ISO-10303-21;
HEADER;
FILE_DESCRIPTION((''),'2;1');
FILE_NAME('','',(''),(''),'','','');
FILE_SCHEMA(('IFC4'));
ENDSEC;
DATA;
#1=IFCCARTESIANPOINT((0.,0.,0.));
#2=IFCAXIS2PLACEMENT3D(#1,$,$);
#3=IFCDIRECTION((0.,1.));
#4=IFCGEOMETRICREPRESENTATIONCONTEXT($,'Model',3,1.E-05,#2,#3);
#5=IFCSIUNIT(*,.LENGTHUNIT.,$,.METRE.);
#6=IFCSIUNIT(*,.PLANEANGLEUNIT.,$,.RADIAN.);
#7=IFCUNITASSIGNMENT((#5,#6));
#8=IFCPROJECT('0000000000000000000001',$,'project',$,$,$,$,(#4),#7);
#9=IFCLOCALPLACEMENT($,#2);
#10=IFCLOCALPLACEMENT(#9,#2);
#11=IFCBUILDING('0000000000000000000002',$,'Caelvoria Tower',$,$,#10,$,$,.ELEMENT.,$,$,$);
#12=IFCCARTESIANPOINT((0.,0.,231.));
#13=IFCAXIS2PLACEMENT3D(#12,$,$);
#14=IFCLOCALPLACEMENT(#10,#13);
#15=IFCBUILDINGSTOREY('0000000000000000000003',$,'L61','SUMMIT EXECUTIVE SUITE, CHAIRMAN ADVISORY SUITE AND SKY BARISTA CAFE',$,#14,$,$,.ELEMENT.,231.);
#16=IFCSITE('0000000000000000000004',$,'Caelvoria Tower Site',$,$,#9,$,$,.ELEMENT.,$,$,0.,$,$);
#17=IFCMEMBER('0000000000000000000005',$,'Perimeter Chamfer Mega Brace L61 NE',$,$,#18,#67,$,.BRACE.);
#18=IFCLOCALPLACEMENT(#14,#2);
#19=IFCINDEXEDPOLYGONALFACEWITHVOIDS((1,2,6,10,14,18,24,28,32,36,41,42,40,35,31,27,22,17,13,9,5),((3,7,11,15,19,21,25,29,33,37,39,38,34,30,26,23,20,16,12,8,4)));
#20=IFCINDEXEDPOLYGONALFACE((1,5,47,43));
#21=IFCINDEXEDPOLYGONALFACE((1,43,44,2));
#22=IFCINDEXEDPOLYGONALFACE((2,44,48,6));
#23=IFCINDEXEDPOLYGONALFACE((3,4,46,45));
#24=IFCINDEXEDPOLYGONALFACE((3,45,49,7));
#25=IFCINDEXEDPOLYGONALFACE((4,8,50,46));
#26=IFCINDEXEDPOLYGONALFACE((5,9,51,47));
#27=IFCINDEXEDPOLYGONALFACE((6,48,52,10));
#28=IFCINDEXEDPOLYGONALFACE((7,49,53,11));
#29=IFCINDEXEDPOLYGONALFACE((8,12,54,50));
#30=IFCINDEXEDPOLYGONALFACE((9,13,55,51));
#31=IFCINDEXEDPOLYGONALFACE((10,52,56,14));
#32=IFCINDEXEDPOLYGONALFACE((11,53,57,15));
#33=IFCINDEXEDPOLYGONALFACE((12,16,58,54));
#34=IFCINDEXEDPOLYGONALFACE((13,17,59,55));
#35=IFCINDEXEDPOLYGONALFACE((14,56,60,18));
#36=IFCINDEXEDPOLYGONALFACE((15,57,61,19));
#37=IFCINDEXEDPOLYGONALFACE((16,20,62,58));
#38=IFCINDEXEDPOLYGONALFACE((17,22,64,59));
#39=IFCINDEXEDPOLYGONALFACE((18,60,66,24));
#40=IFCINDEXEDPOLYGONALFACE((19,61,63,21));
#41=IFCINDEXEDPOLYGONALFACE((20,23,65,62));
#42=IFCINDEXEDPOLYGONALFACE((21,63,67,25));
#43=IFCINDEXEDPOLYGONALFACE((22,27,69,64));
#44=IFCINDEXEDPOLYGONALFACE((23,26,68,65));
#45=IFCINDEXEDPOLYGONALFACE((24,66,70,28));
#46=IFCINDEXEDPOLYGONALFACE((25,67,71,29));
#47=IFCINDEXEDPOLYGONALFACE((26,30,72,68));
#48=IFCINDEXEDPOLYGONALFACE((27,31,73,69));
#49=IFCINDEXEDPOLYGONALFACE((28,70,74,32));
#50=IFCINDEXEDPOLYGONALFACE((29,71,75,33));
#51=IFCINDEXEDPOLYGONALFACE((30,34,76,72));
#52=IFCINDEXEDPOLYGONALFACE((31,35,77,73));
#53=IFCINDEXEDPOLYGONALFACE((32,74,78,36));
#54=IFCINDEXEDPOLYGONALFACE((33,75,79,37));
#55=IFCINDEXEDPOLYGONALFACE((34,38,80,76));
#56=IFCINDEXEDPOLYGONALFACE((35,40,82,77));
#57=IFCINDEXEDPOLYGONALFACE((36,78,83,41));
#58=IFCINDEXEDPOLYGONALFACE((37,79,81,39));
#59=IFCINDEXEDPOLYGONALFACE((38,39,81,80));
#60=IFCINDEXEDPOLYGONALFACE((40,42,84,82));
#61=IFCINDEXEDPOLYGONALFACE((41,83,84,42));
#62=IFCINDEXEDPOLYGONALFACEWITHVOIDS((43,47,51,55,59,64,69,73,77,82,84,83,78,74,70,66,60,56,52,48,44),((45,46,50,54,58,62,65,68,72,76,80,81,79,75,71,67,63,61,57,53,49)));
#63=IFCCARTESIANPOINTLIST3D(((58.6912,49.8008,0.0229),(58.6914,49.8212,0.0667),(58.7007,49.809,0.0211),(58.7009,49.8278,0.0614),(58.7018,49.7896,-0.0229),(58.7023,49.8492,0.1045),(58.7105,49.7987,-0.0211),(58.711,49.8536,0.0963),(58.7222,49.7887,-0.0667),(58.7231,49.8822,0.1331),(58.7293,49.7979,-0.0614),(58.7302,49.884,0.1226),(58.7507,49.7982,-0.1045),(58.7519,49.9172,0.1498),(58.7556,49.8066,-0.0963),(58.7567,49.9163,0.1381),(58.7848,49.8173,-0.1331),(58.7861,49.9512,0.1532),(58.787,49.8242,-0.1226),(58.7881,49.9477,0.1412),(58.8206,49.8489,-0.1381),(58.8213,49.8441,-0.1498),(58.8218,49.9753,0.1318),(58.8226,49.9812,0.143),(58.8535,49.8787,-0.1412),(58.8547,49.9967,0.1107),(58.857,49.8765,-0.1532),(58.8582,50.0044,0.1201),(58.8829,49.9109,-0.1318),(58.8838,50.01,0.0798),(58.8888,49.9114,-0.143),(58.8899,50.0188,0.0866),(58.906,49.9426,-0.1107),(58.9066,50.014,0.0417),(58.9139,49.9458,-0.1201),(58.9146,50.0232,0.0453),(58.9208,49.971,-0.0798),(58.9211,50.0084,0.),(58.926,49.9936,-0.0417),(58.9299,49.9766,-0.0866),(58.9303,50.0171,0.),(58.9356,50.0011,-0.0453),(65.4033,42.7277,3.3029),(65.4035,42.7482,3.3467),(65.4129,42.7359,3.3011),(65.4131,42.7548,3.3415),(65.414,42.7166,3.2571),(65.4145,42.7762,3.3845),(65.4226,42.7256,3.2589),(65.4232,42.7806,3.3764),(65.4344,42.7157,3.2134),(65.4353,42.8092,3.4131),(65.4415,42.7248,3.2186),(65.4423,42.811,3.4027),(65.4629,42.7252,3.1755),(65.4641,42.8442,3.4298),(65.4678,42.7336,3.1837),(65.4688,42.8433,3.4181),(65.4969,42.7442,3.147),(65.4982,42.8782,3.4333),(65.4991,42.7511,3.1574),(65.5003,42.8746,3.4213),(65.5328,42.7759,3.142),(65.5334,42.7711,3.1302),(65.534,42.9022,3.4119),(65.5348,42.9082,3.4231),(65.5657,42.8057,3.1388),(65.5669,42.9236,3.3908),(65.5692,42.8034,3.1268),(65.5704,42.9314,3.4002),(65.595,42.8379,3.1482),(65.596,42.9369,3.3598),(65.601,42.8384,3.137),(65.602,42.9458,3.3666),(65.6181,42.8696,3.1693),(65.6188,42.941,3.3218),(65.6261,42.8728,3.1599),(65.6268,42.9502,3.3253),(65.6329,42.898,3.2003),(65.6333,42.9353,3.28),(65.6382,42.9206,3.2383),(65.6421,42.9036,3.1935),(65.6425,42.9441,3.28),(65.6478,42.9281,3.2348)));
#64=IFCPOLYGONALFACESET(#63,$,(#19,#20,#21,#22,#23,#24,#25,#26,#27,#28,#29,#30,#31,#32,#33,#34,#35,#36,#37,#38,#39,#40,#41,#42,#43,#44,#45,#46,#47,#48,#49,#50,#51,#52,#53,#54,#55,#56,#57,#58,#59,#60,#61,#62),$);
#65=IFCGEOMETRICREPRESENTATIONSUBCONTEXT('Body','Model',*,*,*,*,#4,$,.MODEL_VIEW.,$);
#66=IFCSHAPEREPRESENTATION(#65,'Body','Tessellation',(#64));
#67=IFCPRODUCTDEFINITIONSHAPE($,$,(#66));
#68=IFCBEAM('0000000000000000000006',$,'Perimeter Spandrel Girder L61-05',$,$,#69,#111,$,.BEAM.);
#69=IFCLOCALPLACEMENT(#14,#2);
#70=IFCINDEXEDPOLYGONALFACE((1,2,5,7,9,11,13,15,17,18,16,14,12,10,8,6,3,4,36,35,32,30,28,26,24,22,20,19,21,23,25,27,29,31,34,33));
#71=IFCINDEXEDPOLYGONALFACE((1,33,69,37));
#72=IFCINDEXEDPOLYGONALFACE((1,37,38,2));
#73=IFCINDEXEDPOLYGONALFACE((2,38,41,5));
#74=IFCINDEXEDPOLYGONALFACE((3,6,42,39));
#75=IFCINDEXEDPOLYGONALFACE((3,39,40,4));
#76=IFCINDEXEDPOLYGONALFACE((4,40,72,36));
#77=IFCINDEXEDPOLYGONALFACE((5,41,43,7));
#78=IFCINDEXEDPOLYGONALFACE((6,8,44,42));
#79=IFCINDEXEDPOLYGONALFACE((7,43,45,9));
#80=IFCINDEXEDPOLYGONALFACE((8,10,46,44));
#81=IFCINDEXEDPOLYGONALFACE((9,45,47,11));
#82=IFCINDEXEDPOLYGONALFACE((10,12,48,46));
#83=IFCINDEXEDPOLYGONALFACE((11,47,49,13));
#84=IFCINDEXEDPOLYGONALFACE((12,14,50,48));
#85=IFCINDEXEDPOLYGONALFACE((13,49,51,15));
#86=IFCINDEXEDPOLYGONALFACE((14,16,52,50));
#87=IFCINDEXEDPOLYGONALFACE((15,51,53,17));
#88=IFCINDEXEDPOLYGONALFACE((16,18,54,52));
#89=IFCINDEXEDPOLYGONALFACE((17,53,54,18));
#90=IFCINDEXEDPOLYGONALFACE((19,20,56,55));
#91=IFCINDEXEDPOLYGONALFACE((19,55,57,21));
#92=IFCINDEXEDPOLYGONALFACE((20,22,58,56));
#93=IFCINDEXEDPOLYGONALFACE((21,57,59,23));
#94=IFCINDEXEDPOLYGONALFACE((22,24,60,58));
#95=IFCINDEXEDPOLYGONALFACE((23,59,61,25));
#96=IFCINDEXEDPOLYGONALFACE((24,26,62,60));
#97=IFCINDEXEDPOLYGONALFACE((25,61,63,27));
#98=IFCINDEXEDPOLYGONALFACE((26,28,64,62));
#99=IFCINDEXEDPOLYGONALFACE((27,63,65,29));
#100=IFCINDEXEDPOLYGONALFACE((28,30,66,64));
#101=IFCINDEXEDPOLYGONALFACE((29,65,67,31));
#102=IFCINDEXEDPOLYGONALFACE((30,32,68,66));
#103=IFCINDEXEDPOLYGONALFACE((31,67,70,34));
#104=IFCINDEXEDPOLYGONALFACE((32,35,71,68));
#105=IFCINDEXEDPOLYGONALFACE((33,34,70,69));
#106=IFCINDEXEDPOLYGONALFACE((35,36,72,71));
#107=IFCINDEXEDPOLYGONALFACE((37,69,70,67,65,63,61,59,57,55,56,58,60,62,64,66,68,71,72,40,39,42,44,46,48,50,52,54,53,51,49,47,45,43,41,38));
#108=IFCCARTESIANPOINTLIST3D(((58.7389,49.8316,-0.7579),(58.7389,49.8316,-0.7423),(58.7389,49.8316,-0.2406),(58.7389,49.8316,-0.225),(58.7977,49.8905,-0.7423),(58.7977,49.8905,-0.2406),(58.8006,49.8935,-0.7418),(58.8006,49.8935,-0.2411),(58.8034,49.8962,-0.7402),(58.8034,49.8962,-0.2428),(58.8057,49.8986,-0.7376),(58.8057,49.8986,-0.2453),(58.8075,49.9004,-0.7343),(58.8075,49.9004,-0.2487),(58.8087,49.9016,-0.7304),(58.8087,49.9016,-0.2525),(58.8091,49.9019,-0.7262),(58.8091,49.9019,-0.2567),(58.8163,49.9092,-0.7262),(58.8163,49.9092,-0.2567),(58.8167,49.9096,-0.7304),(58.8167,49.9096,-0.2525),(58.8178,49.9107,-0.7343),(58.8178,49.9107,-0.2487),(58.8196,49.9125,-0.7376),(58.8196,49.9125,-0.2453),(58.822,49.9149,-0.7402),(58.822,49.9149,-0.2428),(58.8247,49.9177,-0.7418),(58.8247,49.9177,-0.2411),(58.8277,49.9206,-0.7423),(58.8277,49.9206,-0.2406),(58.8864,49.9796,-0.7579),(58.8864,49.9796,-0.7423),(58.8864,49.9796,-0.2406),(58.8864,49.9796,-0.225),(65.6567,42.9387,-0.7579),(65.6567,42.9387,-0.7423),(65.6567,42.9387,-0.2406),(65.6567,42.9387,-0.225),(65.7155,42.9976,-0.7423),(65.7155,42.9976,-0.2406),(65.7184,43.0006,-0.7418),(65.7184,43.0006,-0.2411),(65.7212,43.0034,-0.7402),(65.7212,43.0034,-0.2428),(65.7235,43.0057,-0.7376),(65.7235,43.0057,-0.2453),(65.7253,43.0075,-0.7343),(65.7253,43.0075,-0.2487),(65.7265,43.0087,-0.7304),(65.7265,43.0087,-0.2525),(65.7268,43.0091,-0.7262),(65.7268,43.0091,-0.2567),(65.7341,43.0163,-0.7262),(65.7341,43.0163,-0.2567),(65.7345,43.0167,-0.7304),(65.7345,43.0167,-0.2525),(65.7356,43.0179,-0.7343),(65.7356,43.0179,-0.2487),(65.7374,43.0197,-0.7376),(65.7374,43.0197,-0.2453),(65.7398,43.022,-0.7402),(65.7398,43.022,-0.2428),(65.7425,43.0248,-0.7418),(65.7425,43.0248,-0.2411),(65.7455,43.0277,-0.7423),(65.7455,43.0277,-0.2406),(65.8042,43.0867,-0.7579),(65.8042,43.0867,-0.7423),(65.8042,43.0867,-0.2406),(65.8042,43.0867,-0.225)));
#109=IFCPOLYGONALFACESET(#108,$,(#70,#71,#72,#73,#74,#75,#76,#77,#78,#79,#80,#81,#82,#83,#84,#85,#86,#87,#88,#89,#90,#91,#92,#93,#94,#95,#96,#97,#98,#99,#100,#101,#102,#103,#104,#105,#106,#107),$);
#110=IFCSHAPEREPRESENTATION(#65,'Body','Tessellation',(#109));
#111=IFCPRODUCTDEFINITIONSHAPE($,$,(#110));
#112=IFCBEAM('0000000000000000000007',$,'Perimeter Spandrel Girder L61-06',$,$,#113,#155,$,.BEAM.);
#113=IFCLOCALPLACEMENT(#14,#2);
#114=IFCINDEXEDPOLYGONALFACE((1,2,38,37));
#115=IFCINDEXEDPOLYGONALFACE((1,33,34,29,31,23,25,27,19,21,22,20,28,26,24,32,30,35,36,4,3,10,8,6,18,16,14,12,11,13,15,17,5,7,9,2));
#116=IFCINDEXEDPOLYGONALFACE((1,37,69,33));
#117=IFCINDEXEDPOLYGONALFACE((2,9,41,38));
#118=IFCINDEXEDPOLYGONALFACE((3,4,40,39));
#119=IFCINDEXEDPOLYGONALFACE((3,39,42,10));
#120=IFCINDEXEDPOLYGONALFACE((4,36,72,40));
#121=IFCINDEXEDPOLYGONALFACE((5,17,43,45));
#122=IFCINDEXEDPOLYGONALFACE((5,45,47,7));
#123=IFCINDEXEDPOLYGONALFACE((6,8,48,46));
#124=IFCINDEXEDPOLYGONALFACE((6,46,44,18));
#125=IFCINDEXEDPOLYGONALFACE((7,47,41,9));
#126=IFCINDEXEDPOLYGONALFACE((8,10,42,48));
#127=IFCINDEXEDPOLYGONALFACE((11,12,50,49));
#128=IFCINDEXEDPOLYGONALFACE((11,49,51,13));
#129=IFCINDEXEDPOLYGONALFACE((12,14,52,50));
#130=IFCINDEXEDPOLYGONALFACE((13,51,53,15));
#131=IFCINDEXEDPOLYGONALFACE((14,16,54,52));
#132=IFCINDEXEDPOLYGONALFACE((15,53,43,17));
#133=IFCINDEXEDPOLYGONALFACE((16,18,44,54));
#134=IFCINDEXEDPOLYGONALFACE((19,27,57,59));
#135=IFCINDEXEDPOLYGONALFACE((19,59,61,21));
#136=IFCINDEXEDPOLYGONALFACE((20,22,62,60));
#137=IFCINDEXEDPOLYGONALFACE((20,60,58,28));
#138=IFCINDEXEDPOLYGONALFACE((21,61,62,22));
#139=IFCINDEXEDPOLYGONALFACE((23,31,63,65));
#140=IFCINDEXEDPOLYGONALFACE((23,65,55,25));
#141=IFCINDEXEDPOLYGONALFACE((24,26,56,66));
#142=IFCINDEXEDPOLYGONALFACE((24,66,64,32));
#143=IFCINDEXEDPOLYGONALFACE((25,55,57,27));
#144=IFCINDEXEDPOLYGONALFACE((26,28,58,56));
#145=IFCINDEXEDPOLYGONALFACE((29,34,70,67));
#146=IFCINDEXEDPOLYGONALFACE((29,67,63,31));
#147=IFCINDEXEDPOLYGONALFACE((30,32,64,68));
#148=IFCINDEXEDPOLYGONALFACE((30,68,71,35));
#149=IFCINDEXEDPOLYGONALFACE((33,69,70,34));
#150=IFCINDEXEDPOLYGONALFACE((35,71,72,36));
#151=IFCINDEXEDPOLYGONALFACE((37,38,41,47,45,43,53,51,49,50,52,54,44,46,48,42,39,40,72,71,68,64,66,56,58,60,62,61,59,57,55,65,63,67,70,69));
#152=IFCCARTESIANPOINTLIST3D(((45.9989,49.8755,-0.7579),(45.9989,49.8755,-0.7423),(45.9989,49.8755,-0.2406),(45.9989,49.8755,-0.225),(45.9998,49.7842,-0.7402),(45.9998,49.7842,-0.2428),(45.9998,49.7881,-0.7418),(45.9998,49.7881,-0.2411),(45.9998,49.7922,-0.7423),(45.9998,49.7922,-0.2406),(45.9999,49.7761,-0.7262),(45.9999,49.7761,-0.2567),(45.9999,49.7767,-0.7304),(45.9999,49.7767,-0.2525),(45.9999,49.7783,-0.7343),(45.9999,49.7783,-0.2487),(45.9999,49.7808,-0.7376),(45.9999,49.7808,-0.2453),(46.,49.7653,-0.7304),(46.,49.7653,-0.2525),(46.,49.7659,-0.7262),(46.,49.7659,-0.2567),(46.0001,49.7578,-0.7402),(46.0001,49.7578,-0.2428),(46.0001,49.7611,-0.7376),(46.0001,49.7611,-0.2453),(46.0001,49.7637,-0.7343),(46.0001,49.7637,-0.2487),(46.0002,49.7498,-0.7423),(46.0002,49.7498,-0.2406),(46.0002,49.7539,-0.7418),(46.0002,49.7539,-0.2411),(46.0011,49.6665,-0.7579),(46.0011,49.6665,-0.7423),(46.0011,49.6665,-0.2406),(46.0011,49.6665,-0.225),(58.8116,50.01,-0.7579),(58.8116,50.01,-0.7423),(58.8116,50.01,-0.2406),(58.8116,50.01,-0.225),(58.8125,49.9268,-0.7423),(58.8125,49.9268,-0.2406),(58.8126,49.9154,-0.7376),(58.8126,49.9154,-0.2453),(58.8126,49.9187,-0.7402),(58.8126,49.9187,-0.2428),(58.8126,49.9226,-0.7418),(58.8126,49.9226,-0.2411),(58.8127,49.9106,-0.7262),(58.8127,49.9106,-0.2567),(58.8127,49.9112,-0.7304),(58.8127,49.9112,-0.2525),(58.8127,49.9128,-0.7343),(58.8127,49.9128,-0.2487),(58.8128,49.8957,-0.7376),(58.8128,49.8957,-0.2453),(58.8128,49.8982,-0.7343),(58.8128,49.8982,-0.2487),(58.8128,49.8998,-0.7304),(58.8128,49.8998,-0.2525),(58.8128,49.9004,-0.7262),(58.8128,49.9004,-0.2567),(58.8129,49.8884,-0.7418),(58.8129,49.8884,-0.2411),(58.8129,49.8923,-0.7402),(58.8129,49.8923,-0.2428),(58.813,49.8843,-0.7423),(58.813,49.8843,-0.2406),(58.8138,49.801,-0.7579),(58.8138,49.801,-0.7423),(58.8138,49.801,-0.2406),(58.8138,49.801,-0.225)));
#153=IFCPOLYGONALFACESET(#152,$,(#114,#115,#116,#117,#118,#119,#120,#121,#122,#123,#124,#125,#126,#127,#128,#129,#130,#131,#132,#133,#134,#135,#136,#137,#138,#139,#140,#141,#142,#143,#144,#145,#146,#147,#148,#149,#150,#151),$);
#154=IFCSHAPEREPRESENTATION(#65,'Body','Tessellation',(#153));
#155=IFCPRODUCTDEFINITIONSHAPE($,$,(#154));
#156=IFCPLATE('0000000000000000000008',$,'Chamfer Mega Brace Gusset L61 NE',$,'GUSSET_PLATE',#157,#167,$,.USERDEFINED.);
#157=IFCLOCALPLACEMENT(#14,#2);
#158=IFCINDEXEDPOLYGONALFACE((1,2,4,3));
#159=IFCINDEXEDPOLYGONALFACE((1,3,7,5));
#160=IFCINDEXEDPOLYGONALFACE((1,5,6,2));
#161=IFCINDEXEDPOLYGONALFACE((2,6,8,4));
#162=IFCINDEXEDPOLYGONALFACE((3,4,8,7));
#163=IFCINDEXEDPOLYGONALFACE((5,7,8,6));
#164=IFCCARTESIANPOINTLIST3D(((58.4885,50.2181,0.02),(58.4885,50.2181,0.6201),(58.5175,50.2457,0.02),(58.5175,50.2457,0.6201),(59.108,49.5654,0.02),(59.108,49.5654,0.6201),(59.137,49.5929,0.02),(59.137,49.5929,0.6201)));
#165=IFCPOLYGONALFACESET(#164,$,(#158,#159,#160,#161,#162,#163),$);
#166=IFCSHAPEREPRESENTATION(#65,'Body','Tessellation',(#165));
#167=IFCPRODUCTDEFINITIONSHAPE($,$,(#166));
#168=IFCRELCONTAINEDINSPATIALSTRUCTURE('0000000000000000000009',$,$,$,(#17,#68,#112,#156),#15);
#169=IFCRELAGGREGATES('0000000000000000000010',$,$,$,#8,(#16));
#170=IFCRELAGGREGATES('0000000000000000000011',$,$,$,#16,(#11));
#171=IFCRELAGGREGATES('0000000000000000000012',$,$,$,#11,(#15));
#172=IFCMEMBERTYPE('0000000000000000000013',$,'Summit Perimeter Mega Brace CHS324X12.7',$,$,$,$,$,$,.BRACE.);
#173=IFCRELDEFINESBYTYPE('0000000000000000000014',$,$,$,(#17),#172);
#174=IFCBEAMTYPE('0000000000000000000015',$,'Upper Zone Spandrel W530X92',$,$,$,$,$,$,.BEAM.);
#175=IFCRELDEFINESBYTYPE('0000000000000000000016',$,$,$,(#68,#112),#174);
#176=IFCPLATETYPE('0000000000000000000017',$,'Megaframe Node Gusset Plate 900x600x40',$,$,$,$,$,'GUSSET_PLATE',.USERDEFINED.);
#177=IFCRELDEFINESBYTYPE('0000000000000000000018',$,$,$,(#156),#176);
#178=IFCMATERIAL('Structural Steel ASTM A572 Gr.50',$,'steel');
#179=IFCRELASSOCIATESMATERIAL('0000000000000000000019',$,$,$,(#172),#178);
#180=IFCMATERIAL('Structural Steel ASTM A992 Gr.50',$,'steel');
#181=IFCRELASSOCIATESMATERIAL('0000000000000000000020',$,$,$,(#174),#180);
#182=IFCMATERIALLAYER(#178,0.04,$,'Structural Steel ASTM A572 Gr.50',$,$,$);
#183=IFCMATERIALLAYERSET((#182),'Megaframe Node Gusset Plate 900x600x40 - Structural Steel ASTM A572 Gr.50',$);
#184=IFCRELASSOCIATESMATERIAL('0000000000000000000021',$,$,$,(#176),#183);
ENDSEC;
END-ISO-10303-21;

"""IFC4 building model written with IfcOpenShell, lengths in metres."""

from ifc_helpers import new_model, si_unit, direction, frame, origin, origin_2d, place, context, subcontext, project, spatial, rectangle, hollow_circle, i_section, extrude, material, layer, layer_set, material_profile, profile_set, type_object, element, save


model = new_model("IFC4")

# Units and contexts
model_context = context("Model", 3, precision=1e-05, world=origin(), true_north=direction((0.0, 1.0)))
body_context = subcontext(model_context, "Body", "Model", "MODEL_VIEW")
ifc_project = project(units=[si_unit("LENGTHUNIT", "METRE"), si_unit("PLANEANGLEUNIT", "RADIAN")], contexts=[model_context])

# Site, building, storey
site_placement = place(None, origin())
site = spatial("IfcSite", under=ifc_project, at=site_placement, Name="Caelvoria Tower Site", CompositionType="ELEMENT", RefElevation=0.0)
building_placement = place(site_placement, origin())
building = spatial("IfcBuilding", under=site, at=building_placement, Name="Caelvoria Tower", CompositionType="ELEMENT")
storey_placement = place(building_placement, frame((0.0, 0.0, 231.0)))
storey = spatial("IfcBuildingStorey", under=building, at=storey_placement, Name="L61", Description="SUMMIT EXECUTIVE SUITE, CHAIRMAN ADVISORY SUITE AND SKY BARISTA CAFE", CompositionType="ELEMENT", Elevation=231.0)

# Shared definitions
ifc_material_1 = material(Name="Structural Steel ASTM A572 Gr.50", Category="steel")

# Shared definitions
ifc_material_2 = material(Name="Structural Steel ASTM A992 Gr.50", Category="steel")

# Member
ifc_material_profile_1 = material_profile(ifc_material_1, hollow_circle(Radius=0.1621, WallThickness=0.0127, at=origin_2d()), Name="Structural Steel ASTM A572 Gr.50")
ifc_profile_set_1 = profile_set([ifc_material_profile_1], Name="CHS324X12.7 - Structural Steel ASTM A572 Gr.50")
member_type = type_object("IfcMemberType", Name="Summit Perimeter Mega Brace CHS324X12.7", PredefinedType="BRACE", material=ifc_profile_set_1)
member_placement = place(storey_placement, frame((58.8127, 49.9055, 0.0), z_axis=(0.652438, -0.687513, 0.318827), x_axis=(0.725368, 0.688362, 0.0)))
element("IfcMember", 1, at=member_placement, inside=storey, type_object=member_type, Name="Perimeter Chamfer Mega Brace L61 NE", PredefinedType="BRACE", context=body_context, shape_type="SweptSolid", body=[
    extrude(hollow_circle(Radius=0.1621, WallThickness=0.0127, at=origin_2d()), origin(), (0.0, 0.0, 1.0), 10.2878),
])

# Beams
ifc_material_profile_2 = material_profile(ifc_material_2, i_section(OverallWidth=0.209, OverallDepth=0.533, WebThickness=0.0103, FlangeThickness=0.0156, FilletRadius=0.0161, at=origin_2d()), Name="Structural Steel ASTM A992 Gr.50")
ifc_profile_set_2 = profile_set([ifc_material_profile_2], Name="W530X92 - Structural Steel ASTM A992 Gr.50")
beam_type_1 = type_object("IfcBeamType", Name="Upper Zone Spandrel W530X92", PredefinedType="BEAM", material=ifc_profile_set_2)
beam_1_placement = place(storey_placement, frame((65.7305, 43.0127, -0.4915), z_axis=(-0.708381, 0.705831, 0.0), x_axis=(-0.705831, -0.708381, 0.0)))
element("IfcBeam", 2, at=beam_1_placement, inside=storey, type_object=beam_type_1, Name="Perimeter Spandrel Girder L61-05", PredefinedType="BEAM", context=body_context, shape_type="SweptSolid", body=[
    extrude(i_section(OverallWidth=0.209, OverallDepth=0.533, WebThickness=0.0103, FlangeThickness=0.0156, FilletRadius=0.0161, at=origin_2d()), origin(), (0.0, 0.0, 1.0), 9.7656),
])
beam_2_placement = place(storey_placement, frame((58.8127, 49.9055, -0.4915), z_axis=(-0.999945, -0.010498, 0.0), x_axis=(0.010498, -0.999945, 0.0)))
element("IfcBeam", 3, at=beam_2_placement, inside=storey, type_object=beam_type_1, Name="Perimeter Spandrel Girder L61-06", PredefinedType="BEAM", context=body_context, shape_type="SweptSolid", body=[
    extrude(i_section(OverallWidth=0.209, OverallDepth=0.533, WebThickness=0.0103, FlangeThickness=0.0156, FilletRadius=0.0161, at=origin_2d()), origin(), (0.0, 0.0, 1.0), 12.8135),
])

# Plate
ifc_layer_1 = layer(ifc_material_1, 0.04, Name="Structural Steel ASTM A572 Gr.50")
ifc_layer_set_1 = layer_set([ifc_layer_1], Name="Megaframe Node Gusset Plate 900x600x40 - Structural Steel ASTM A572 Gr.50")
plate_type = type_object("IfcPlateType", Name="Megaframe Node Gusset Plate 900x600x40", ElementType="GUSSET_PLATE", PredefinedType="USERDEFINED", material=ifc_layer_set_1)
plate_placement = place(storey_placement, frame((58.8127, 49.9055, 0.02), z_axis=(0.0, 0.0, 1.0), x_axis=(0.688369, -0.725361, 0.0)))
element("IfcPlate", 4, at=plate_placement, inside=storey, type_object=plate_type, Name="Chamfer Mega Brace Gusset L61 NE", ObjectType="GUSSET_PLATE", PredefinedType="USERDEFINED", context=body_context, shape_type="SweptSolid", body=[
    extrude(rectangle(XDim=0.8999, YDim=0.04, at=origin_2d()), origin(), (0.0, 0.0, 1.0), 0.6001),
])

save(model, "model.ifc")
